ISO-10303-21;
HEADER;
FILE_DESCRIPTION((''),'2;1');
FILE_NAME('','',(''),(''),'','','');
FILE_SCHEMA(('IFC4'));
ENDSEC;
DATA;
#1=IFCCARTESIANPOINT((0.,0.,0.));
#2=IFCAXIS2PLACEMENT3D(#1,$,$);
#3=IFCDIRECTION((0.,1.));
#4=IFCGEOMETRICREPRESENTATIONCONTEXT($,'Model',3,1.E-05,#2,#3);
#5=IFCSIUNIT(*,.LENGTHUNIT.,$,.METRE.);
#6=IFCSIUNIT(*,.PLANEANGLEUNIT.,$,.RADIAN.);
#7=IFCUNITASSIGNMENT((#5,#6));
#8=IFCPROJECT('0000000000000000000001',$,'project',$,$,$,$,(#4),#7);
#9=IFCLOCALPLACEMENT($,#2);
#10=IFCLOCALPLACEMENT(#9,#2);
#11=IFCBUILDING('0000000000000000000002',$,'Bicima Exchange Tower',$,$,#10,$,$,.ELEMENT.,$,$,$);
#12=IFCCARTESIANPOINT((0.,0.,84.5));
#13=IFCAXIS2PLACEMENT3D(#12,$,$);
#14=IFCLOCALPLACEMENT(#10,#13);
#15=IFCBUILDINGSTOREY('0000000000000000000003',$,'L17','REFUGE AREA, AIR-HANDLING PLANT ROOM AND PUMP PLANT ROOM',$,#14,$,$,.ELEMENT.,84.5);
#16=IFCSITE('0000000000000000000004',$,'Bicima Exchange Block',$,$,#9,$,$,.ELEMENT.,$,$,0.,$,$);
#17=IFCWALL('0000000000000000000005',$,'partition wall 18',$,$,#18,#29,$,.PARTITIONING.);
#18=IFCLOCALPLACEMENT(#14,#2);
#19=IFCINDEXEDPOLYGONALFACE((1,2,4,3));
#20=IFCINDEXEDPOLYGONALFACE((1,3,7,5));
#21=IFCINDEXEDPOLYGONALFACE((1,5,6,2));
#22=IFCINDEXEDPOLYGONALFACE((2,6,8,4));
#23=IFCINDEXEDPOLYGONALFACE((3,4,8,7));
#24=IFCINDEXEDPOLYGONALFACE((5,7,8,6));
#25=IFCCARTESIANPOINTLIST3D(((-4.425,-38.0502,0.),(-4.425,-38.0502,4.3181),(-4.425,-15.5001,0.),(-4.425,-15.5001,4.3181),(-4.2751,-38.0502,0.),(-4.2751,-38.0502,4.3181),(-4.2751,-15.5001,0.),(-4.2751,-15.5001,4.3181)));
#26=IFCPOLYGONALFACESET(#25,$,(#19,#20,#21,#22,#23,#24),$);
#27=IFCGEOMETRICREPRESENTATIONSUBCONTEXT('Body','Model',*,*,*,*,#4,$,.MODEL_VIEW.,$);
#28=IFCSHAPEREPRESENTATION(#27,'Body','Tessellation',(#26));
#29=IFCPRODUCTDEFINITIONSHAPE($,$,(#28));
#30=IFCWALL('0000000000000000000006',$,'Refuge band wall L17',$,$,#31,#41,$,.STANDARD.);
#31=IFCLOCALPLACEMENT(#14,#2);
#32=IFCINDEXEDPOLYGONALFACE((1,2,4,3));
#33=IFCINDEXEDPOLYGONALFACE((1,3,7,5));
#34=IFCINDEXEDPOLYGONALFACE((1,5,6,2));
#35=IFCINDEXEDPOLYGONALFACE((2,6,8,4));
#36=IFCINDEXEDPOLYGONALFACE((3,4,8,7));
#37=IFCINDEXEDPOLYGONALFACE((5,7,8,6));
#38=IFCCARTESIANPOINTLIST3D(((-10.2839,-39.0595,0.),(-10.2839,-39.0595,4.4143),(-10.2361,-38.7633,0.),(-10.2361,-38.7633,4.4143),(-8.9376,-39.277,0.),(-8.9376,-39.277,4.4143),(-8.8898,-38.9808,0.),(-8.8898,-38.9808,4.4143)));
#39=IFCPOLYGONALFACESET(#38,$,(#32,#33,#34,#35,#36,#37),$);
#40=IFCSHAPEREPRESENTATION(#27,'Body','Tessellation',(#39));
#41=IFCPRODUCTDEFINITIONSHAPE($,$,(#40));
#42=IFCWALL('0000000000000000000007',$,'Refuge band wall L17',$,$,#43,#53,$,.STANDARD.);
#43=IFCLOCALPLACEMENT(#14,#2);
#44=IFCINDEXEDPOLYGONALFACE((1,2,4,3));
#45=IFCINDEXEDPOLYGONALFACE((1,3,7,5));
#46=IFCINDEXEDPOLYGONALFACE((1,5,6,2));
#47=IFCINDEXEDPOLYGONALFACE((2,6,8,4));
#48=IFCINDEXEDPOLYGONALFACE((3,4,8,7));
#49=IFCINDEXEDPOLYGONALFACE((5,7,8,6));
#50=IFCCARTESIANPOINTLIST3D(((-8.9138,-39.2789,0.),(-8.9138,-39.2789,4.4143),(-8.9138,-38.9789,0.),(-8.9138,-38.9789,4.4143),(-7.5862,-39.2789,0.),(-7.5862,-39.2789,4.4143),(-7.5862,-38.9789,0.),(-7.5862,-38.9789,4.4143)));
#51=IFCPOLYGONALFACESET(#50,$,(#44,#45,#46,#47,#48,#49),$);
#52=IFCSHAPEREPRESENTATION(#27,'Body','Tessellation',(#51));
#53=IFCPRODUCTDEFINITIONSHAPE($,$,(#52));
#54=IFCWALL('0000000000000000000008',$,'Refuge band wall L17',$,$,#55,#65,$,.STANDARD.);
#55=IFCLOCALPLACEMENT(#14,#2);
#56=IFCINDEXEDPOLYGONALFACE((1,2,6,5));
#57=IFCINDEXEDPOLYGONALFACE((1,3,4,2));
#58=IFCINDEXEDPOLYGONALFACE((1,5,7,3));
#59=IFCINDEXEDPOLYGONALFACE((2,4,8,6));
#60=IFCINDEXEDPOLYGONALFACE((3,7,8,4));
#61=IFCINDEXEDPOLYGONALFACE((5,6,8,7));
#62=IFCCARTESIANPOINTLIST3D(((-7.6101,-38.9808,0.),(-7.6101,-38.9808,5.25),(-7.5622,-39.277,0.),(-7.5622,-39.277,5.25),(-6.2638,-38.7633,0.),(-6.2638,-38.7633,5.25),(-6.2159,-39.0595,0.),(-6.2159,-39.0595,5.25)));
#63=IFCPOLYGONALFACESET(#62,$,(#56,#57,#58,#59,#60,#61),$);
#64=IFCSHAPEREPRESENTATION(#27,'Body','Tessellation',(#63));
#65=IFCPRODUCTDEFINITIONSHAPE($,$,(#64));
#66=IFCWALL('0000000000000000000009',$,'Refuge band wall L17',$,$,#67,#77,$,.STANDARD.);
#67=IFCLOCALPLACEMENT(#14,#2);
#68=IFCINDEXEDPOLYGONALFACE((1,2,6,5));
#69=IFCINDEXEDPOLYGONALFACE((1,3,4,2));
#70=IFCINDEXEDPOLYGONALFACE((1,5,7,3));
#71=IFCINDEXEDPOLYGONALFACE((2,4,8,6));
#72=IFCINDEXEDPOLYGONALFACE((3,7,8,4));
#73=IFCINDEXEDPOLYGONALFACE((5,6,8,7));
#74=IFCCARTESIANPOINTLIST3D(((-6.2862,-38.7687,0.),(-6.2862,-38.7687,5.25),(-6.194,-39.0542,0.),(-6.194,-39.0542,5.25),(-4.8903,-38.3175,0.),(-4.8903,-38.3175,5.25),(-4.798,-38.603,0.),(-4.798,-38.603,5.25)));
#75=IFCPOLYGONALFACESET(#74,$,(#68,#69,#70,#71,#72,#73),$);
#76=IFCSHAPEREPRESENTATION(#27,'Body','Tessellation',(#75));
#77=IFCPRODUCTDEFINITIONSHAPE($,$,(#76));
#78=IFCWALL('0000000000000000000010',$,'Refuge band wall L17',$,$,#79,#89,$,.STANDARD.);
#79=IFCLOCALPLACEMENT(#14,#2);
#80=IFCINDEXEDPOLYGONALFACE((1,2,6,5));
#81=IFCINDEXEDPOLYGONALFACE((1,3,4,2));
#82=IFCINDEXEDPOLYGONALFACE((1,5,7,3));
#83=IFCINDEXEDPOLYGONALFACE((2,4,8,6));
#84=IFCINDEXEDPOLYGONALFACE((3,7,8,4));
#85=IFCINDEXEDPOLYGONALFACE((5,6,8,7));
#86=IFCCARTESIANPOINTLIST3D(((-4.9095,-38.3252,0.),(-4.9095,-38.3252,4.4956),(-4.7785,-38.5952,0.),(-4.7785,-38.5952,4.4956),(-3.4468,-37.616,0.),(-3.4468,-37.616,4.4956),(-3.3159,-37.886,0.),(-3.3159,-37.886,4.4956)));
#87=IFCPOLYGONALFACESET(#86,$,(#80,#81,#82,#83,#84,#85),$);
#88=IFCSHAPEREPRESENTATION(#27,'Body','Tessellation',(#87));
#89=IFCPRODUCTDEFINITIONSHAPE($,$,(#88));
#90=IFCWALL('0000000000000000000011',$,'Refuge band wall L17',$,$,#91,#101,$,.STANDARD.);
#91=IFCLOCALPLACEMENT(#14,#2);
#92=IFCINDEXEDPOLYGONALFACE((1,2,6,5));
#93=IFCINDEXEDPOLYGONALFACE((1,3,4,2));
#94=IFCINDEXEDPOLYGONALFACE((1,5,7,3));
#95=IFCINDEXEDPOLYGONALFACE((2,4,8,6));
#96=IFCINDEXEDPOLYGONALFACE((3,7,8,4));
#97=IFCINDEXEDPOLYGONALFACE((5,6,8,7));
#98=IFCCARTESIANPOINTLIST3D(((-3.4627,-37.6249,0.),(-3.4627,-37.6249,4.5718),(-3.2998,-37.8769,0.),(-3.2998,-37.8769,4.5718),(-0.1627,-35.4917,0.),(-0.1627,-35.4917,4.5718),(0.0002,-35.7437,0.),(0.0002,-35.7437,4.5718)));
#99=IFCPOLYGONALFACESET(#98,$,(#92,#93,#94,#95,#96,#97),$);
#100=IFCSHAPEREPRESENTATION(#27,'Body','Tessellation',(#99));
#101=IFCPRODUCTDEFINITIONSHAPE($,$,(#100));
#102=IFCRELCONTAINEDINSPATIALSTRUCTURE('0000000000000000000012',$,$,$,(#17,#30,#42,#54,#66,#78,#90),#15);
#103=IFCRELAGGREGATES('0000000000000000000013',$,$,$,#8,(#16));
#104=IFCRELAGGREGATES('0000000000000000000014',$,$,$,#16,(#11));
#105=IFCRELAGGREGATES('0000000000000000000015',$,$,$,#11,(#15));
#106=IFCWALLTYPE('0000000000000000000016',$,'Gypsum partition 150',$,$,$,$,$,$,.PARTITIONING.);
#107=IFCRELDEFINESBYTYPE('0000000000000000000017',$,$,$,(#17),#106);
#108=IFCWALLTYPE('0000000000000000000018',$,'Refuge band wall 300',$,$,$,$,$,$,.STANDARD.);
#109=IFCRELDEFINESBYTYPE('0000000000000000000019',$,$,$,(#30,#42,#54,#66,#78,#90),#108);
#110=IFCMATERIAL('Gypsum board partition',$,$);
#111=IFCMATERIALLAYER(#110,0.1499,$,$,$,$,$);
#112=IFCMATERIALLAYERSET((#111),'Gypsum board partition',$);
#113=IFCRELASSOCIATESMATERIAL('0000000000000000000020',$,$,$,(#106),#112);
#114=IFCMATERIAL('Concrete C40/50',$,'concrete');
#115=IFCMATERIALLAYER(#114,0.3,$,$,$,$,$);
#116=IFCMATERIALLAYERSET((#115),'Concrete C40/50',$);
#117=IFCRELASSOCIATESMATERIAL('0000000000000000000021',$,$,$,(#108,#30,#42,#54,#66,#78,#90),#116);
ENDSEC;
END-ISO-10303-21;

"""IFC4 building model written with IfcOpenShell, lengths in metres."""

from ifc_helpers import new_model, si_unit, direction, frame, frame_2d, origin, place, context, subcontext, project, spatial, rectangle, extrude, material, layer, layer_set, layer_usage, type_object, element, save


model = new_model("IFC4")

# Units and contexts
model_context = context("Model", 3, precision=1e-05, world=origin(), true_north=direction((0.0, 1.0)))
body_context = subcontext(model_context, "Body", "Model", "MODEL_VIEW")
ifc_project = project(units=[si_unit("LENGTHUNIT", "METRE"), si_unit("PLANEANGLEUNIT", "RADIAN")], contexts=[model_context])

# Site, building, storey
site_placement = place(None, origin())
site = spatial("IfcSite", under=ifc_project, at=site_placement, Name="Bicima Exchange Block", CompositionType="ELEMENT", RefElevation=0.0)
building_placement = place(site_placement, origin())
building = spatial("IfcBuilding", under=site, at=building_placement, Name="Bicima Exchange Tower", CompositionType="ELEMENT")
storey_placement = place(building_placement, frame((0.0, 0.0, 84.5)))
storey = spatial("IfcBuildingStorey", under=building, at=storey_placement, Name="L17", Description="REFUGE AREA, AIR-HANDLING PLANT ROOM AND PUMP PLANT ROOM", CompositionType="ELEMENT", Elevation=84.5)

# Walls
ifc_material_1 = material(Name="Gypsum board partition")
ifc_layer_1 = layer(ifc_material_1, 0.1499)
ifc_layer_set_1 = layer_set([ifc_layer_1], Name="Gypsum board partition")
wall_type_1 = type_object("IfcWallType", Name="Gypsum partition 150", PredefinedType="PARTITIONING", material=ifc_layer_set_1)
wall_1_placement = place(storey_placement, frame((-4.3501, -38.05, 0.0), z_axis=(0.0, 0.0, 1.0), x_axis=(0.0, 1.0, 0.0)))
element("IfcWall", 1, at=wall_1_placement, inside=storey, type_object=wall_type_1, Name="partition wall 18", PredefinedType="PARTITIONING", context=body_context, shape_type="SweptSolid", body=[
    extrude(rectangle(XDim=22.55, YDim=0.1499, at=frame_2d((11.2749, 0.0))), origin(), (0.0, 0.0, 1.0), 4.3181),
])
ifc_material_2 = material(Name="Concrete C40/50", Category="concrete")
ifc_layer_2 = layer(ifc_material_2, 0.3)
ifc_layer_set_2 = layer_set([ifc_layer_2], Name="Concrete C40/50")
ifc_layer_usage = layer_usage(ifc_layer_set_2, "AXIS2", "POSITIVE", -0.15)
wall_type_2 = type_object("IfcWallType", Name="Refuge band wall 300", PredefinedType="STANDARD", material=ifc_layer_set_2)
wall_2_placement = place(storey_placement, frame((-10.26, -38.9114, 0.0), z_axis=(0.0, 0.0, 1.0), x_axis=(0.987195, -0.15952, 0.0)))
element("IfcWall", 2, at=wall_2_placement, inside=storey, type_object=wall_type_2, material=ifc_layer_usage, Name="Refuge band wall L17", PredefinedType="STANDARD", context=body_context, shape_type="SweptSolid", body=[
    extrude(rectangle(XDim=1.3638, YDim=0.3, at=frame_2d((0.6819, 0.0))), origin(), (0.0, 0.0, 1.0), 4.4143),
])
wall_3_placement = place(storey_placement, frame((-8.9138, -39.1289, 0.0), z_axis=(0.0, 0.0, 1.0), x_axis=(1.0, 0.0, 0.0)))
element("IfcWall", 3, at=wall_3_placement, inside=storey, type_object=wall_type_2, material=ifc_layer_usage, Name="Refuge band wall L17", PredefinedType="STANDARD", context=body_context, shape_type="SweptSolid", body=[
    extrude(rectangle(XDim=1.3276, YDim=0.3, at=frame_2d((0.6638, 0.0))), origin(), (0.0, 0.0, 1.0), 4.4143),
])
wall_4_placement = place(storey_placement, frame((-7.5862, -39.1289, 0.0), z_axis=(0.0, 0.0, 1.0), x_axis=(0.987195, 0.15952, 0.0)))
element("IfcWall", 4, at=wall_4_placement, inside=storey, type_object=wall_type_2, material=ifc_layer_usage, Name="Refuge band wall L17", PredefinedType="STANDARD", context=body_context, shape_type="SweptSolid", body=[
    extrude(rectangle(XDim=1.3638, YDim=0.3, at=frame_2d((0.6819, 0.0))), origin(), (0.0, 0.0, 1.0), 5.25),
])
wall_5_placement = place(storey_placement, frame((-6.24, -38.9114, 0.0), z_axis=(0.0, 0.0, 1.0), x_axis=(0.951539, 0.307528, 0.0)))
element("IfcWall", 5, at=wall_5_placement, inside=storey, type_object=wall_type_2, material=ifc_layer_usage, Name="Refuge band wall L17", PredefinedType="STANDARD", context=body_context, shape_type="SweptSolid", body=[
    extrude(rectangle(XDim=1.467, YDim=0.3, at=frame_2d((0.7334, 0.0))), origin(), (0.0, 0.0, 1.0), 5.25),
])
wall_6_placement = place(storey_placement, frame((-4.844, -38.4602, 0.0), z_axis=(0.0, 0.0, 1.0), x_axis=(0.899798, 0.436307, 0.0)))
element("IfcWall", 6, at=wall_6_placement, inside=storey, type_object=wall_type_2, material=ifc_layer_usage, Name="Refuge band wall L17", PredefinedType="STANDARD", context=body_context, shape_type="SweptSolid", body=[
    extrude(rectangle(XDim=1.6255, YDim=0.3, at=frame_2d((0.8127, 0.0))), origin(), (0.0, 0.0, 1.0), 4.4956),
])
wall_7_placement = place(storey_placement, frame((-3.3813, -37.751, 0.0), z_axis=(0.0, 0.0, 1.0), x_axis=(0.839805, 0.542888, 0.0)))
element("IfcWall", 7, at=wall_7_placement, inside=storey, type_object=wall_type_2, material=ifc_layer_usage, Name="Refuge band wall L17", PredefinedType="STANDARD", context=body_context, shape_type="SweptSolid", body=[
    extrude(rectangle(XDim=3.9294, YDim=0.3, at=frame_2d((1.9648, 0.0))), origin(), (0.0, 0.0, 1.0), 4.5718),
])

save(model, "model.ifc")
